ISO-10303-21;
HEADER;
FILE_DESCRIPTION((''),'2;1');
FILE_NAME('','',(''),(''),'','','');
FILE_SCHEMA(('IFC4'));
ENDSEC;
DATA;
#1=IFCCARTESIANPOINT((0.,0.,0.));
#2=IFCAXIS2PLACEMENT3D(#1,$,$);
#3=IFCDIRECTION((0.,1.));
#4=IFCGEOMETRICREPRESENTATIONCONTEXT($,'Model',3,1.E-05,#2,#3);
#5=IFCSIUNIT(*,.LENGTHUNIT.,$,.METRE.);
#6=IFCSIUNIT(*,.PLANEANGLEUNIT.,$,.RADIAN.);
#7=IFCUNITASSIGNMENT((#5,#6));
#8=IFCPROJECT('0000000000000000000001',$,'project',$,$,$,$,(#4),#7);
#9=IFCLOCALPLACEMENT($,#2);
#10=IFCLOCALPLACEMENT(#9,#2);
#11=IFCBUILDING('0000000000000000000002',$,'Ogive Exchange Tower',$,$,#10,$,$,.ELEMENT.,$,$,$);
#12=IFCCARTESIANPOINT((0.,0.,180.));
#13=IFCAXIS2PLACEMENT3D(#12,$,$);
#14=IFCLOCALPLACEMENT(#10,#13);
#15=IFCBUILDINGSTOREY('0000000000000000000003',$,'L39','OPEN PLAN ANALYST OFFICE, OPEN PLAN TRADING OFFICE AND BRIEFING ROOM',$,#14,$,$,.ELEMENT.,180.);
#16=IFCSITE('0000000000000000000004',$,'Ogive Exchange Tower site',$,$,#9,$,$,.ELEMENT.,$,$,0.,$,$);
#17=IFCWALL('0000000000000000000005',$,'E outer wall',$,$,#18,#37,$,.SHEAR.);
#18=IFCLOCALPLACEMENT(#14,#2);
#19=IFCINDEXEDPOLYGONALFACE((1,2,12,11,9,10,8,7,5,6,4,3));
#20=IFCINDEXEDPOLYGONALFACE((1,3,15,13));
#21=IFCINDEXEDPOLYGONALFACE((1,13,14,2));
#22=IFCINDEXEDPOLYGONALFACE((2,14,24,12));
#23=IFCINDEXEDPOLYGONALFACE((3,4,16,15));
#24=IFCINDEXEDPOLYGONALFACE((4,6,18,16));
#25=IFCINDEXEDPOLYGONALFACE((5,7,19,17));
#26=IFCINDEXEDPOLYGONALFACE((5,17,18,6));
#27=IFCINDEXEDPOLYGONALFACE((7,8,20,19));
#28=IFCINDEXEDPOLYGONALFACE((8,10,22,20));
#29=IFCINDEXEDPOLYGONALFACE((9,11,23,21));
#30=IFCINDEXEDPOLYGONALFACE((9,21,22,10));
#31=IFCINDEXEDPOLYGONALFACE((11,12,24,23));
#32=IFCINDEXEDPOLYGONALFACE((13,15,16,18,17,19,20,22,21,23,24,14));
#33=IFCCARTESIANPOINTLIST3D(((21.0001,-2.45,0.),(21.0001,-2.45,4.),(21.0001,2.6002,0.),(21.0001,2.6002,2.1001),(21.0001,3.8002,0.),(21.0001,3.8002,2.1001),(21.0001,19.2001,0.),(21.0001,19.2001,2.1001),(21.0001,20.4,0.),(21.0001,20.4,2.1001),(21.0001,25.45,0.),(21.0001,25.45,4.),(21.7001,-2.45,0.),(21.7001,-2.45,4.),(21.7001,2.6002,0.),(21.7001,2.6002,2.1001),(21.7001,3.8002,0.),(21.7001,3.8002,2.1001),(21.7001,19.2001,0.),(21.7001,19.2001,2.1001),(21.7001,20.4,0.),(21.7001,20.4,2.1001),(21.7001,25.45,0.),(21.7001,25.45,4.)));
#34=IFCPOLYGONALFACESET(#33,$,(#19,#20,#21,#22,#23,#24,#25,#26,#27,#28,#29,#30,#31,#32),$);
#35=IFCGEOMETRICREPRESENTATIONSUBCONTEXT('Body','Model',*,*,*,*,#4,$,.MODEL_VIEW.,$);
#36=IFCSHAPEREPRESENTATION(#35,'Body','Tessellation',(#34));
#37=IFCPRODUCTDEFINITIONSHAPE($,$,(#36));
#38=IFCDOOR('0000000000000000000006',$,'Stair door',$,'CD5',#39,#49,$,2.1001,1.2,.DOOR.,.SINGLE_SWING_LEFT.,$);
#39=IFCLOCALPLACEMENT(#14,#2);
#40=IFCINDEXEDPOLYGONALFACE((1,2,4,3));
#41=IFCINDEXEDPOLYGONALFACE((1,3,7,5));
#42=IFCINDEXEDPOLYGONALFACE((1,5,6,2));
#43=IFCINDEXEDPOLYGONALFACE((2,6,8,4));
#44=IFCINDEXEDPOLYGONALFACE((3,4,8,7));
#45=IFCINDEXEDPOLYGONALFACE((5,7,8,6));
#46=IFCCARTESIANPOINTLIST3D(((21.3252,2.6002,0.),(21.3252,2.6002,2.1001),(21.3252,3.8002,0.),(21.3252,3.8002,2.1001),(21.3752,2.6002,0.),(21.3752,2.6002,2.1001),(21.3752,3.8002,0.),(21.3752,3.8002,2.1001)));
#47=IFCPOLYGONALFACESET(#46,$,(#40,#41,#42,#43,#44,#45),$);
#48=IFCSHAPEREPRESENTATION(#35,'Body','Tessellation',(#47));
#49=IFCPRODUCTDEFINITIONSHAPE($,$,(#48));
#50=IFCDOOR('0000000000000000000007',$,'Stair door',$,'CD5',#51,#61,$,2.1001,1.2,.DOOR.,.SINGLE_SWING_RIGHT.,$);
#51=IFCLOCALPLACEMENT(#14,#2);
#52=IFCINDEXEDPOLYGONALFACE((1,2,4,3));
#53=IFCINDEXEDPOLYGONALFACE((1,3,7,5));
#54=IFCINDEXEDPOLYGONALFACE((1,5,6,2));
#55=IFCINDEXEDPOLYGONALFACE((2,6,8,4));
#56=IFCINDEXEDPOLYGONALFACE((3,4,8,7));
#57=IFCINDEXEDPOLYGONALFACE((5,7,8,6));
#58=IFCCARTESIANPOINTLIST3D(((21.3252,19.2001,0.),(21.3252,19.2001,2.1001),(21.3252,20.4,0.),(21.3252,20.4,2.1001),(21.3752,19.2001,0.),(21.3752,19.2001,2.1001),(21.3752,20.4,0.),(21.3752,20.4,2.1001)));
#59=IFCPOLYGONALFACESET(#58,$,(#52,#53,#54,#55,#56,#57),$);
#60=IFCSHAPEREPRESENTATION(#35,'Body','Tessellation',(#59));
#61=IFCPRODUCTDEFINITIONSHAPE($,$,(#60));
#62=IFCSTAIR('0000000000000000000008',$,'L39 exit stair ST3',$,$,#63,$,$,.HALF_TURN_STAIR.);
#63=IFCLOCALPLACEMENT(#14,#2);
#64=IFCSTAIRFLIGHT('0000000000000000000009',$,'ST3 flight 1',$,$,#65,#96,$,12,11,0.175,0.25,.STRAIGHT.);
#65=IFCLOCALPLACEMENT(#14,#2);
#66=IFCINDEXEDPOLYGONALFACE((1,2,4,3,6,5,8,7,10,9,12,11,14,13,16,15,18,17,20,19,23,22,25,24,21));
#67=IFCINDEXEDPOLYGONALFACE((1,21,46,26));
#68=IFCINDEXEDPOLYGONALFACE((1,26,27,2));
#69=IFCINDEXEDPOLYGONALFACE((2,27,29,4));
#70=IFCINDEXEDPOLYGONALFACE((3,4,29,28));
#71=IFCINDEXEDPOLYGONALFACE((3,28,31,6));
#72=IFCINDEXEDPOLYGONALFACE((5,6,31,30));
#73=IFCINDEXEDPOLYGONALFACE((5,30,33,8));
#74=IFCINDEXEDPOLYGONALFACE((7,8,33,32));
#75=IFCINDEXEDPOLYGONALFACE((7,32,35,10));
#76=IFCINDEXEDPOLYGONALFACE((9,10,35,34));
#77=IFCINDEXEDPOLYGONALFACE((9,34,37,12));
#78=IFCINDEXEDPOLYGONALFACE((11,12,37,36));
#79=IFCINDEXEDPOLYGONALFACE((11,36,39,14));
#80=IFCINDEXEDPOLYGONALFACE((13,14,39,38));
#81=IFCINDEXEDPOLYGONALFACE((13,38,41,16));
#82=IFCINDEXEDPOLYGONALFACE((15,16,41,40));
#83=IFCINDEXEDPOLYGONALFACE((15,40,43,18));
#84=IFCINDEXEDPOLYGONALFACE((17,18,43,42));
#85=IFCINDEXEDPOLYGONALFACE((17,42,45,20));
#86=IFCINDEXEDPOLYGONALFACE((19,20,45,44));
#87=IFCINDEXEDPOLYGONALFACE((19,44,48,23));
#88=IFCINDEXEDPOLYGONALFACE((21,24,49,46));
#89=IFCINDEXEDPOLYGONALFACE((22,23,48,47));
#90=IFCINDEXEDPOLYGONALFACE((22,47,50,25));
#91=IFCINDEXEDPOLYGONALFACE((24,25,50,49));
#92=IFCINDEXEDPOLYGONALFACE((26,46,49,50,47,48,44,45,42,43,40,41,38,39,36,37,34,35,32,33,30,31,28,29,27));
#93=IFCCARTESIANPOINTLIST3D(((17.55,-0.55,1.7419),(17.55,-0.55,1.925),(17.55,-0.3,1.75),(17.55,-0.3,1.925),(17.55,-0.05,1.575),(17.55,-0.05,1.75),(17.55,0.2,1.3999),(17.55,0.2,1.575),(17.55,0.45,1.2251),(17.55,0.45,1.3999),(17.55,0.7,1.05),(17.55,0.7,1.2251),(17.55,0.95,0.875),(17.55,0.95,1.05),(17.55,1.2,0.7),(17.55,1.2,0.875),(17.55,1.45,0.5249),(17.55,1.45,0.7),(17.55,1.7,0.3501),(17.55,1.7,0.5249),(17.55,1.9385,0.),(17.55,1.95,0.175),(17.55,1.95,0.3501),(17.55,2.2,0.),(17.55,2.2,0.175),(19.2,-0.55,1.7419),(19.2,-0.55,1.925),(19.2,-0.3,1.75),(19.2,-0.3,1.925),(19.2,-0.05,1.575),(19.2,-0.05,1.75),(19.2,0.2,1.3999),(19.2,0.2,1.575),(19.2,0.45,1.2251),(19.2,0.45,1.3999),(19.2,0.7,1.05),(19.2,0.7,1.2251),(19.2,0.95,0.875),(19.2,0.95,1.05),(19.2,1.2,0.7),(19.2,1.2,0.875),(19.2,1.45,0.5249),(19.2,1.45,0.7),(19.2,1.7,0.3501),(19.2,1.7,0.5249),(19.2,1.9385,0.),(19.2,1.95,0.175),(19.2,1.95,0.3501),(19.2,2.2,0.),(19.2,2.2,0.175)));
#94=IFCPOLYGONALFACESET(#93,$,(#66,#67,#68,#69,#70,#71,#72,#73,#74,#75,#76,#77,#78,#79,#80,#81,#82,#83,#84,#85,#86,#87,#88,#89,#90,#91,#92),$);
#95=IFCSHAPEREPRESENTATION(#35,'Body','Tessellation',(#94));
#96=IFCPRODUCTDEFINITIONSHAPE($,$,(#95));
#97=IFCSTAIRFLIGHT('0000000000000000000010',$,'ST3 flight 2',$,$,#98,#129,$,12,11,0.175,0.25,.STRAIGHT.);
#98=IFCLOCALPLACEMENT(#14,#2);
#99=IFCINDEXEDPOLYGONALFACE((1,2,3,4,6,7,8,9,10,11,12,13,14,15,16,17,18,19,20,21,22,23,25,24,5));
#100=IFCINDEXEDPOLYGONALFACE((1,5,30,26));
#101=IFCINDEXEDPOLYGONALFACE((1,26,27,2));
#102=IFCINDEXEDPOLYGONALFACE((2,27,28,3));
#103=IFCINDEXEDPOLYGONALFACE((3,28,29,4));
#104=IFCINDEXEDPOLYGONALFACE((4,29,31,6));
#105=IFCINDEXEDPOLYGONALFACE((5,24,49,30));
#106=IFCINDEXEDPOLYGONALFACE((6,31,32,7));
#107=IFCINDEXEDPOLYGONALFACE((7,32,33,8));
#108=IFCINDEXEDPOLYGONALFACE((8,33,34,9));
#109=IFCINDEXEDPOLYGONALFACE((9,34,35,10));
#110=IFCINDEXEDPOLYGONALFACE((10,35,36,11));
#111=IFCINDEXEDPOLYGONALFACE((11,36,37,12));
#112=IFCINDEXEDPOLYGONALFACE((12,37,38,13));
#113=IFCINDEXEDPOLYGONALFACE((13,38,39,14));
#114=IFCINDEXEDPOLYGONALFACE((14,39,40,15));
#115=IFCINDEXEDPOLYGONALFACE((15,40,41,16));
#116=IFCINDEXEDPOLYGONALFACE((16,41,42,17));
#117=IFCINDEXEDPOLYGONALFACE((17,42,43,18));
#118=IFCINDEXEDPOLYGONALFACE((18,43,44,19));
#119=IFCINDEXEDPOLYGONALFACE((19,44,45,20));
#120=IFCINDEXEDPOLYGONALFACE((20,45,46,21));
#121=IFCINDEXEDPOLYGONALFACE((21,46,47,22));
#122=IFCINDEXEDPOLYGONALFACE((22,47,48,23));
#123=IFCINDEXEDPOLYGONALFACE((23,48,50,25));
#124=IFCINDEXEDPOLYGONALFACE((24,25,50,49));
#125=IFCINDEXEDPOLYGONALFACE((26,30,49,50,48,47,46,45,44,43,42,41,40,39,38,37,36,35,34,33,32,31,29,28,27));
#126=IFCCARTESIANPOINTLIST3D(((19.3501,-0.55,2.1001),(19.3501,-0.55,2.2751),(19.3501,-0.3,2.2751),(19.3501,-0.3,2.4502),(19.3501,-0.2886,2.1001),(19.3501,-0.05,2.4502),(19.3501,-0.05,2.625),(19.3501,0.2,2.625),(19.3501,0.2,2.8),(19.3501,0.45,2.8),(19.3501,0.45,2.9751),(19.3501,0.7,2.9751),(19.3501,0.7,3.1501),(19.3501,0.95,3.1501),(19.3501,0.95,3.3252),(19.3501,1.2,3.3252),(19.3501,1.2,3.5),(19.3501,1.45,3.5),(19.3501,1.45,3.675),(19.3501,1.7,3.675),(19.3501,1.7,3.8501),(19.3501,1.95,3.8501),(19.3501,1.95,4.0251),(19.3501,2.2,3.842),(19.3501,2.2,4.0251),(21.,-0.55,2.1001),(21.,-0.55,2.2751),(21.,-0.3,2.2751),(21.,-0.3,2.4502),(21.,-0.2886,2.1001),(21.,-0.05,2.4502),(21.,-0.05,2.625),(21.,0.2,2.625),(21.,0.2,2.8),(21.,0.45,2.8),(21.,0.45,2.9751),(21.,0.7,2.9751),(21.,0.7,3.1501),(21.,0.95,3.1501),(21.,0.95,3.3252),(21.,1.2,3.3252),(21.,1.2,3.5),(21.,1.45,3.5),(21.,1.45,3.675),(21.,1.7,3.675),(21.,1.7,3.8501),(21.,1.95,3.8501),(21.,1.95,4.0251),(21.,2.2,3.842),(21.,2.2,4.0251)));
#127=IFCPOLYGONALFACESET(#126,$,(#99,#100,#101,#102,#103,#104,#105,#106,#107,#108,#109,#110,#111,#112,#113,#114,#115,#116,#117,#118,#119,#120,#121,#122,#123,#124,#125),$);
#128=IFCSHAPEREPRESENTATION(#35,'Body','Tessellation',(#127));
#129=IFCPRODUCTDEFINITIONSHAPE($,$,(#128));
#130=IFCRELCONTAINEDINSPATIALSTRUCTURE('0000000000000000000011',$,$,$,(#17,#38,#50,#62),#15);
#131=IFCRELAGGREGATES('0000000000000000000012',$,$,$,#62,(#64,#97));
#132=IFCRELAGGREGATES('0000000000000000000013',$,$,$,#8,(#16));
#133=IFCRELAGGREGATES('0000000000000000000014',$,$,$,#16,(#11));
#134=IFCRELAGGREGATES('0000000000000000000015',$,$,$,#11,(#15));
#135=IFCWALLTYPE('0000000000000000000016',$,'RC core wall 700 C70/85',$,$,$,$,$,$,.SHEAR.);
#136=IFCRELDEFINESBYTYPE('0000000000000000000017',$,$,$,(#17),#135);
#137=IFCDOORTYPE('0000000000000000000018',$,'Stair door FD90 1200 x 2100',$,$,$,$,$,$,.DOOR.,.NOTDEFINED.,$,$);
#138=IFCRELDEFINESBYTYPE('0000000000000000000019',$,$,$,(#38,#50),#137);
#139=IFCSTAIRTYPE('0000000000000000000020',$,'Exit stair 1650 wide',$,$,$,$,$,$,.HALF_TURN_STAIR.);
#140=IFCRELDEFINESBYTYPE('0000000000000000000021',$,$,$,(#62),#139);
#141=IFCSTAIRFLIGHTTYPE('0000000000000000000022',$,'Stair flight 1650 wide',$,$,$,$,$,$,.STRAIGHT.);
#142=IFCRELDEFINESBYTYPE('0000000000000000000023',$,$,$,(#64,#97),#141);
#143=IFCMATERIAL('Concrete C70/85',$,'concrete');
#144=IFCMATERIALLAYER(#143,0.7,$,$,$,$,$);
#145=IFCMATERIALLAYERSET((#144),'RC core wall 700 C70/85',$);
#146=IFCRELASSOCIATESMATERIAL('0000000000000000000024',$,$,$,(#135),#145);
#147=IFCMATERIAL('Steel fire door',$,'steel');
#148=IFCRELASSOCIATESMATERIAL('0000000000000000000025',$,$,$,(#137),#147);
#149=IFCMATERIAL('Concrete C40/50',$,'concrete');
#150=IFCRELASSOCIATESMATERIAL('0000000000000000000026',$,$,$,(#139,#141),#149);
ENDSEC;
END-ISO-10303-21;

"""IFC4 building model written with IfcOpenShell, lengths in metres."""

from ifc_helpers import new_model, si_unit, direction, frame, frame_2d, origin, place, context, subcontext, project, spatial, polyline, rectangle, outline, extrude, material, layer, layer_set, type_object, element, fill, aggregate, save


model = new_model("IFC4")

# Units and contexts
model_context = context("Model", 3, precision=1e-05, world=origin(), true_north=direction((0.0, 1.0)))
body_context = subcontext(model_context, "Body", "Model", "MODEL_VIEW")
ifc_project = project(units=[si_unit("LENGTHUNIT", "METRE"), si_unit("PLANEANGLEUNIT", "RADIAN")], contexts=[model_context])

# Site, building, storey
site_placement = place(None, origin())
site = spatial("IfcSite", under=ifc_project, at=site_placement, Name="Ogive Exchange Tower site", CompositionType="ELEMENT", RefElevation=0.0)
building_placement = place(site_placement, origin())
building = spatial("IfcBuilding", under=site, at=building_placement, Name="Ogive Exchange Tower", CompositionType="ELEMENT")
storey_placement = place(building_placement, frame((0.0, 0.0, 180.0)))
storey = spatial("IfcBuildingStorey", under=building, at=storey_placement, Name="L39", Description="OPEN PLAN ANALYST OFFICE, OPEN PLAN TRADING OFFICE AND BRIEFING ROOM", CompositionType="ELEMENT", Elevation=180.0)

# Shared definitions
ifc_material_1 = material(Name="Concrete C70/85", Category="concrete")
ifc_material_2 = material(Name="Steel fire door", Category="steel")

# Wall, openings, doors
ifc_layer_1 = layer(ifc_material_1, 0.7)
ifc_layer_set_1 = layer_set([ifc_layer_1], Name="RC core wall 700 C70/85")
wall_type_1 = type_object("IfcWallType", Name="RC core wall 700 C70/85", PredefinedType="SHEAR", material=ifc_layer_set_1)
wall_1_placement = place(storey_placement, frame((21.3501, -2.45, 0.0), z_axis=(0.0, 0.0, 1.0), x_axis=(0.0, 1.0, 0.0)))
wall_1 = element("IfcWall", 1, at=wall_1_placement, inside=storey, type_object=wall_type_1, Name="E outer wall", PredefinedType="SHEAR", context=body_context, shape_type="SweptSolid", body=[
    extrude(rectangle(XDim=27.8999, YDim=0.7, at=frame_2d((13.95, 0.0))), origin(), (0.0, 0.0, 1.0), 4.0),
])
opening_1_placement = place(wall_1_placement, frame((5.05, 0.0, 0.0)))
opening_1 = element("IfcOpeningElement", 2, at=opening_1_placement, cuts=wall_1, PredefinedType="OPENING", context=body_context, shape_type="SweptSolid", body=[
    extrude(rectangle(XDim=1.2, YDim=2.1001, at=frame_2d((0.6001, 1.05))), frame((0.0, 0.3599, 0.0), z_axis=(0.0, -1.0, 0.0), x_axis=(1.0, 0.0, 0.0)), (0.0, 0.0, 1.0), 0.72),
])
opening_2_placement = place(wall_1_placement, frame((21.6499, 0.0, 0.0)))
opening_2 = element("IfcOpeningElement", 3, at=opening_2_placement, cuts=wall_1, PredefinedType="OPENING", context=body_context, shape_type="SweptSolid", body=[
    extrude(rectangle(XDim=1.2, YDim=2.1001, at=frame_2d((0.6001, 1.05))), frame((0.0, 0.3599, 0.0), z_axis=(0.0, -1.0, 0.0), x_axis=(1.0, 0.0, 0.0)), (0.0, 0.0, 1.0), 0.72),
])
door_type_1 = type_object("IfcDoorType", Name="Stair door FD90 1200 x 2100", OperationType="NOTDEFINED", PredefinedType="DOOR", material=ifc_material_2)
door_1_placement = place(opening_1_placement, origin())
door_1 = element("IfcDoor", 4, at=door_1_placement, inside=storey, type_object=door_type_1, Name="Stair door", ObjectType="CD5", OperationType="SINGLE_SWING_LEFT", OverallHeight=2.1001, OverallWidth=1.2, PredefinedType="DOOR", context=body_context, shape_type="SweptSolid", body=[
    extrude(rectangle(XDim=1.2, YDim=2.1001, at=frame_2d((0.6001, 1.05))), frame((0.0, 0.0249, 0.0), z_axis=(0.0, -1.0, 0.0), x_axis=(1.0, 0.0, 0.0)), (0.0, 0.0, 1.0), 0.05),
])
fill(opening_1, door_1)
door_2_placement = place(opening_2_placement, origin())
door_2 = element("IfcDoor", 5, at=door_2_placement, inside=storey, type_object=door_type_1, Name="Stair door", ObjectType="CD5", OperationType="SINGLE_SWING_RIGHT", OverallHeight=2.1001, OverallWidth=1.2, PredefinedType="DOOR", context=body_context, shape_type="SweptSolid", body=[
    extrude(rectangle(XDim=1.2, YDim=2.1001, at=frame_2d((0.6001, 1.05))), frame((0.0, 0.0249, 0.0), z_axis=(0.0, -1.0, 0.0), x_axis=(1.0, 0.0, 0.0)), (0.0, 0.0, 1.0), 0.05),
])
fill(opening_2, door_2)

# Stair, stair flights
ifc_material_3 = material(Name="Concrete C40/50", Category="concrete")
stair_type = type_object("IfcStairType", Name="Exit stair 1650 wide", PredefinedType="HALF_TURN_STAIR", material=ifc_material_3)
stair_placement = place(storey_placement, origin())
stair = element("IfcStair", 6, at=stair_placement, inside=storey, type_object=stair_type, Name="L39 exit stair ST3", PredefinedType="HALF_TURN_STAIR")
stair_flight_type = type_object("IfcStairFlightType", Name="Stair flight 1650 wide", PredefinedType="STRAIGHT", material=ifc_material_3)
stair_flight_1_placement = place(storey_placement, frame((18.375, 2.2, 0.0), z_axis=(0.0, 0.0, 1.0), x_axis=(0.0, -1.0, 0.0)))
stair_flight_1 = element("IfcStairFlight", 7, at=stair_flight_1_placement, type_object=stair_flight_type, Name="ST3 flight 1", NumberOfRisers=12, NumberOfTreads=11, PredefinedType="STRAIGHT", RiserHeight=0.175, TreadLength=0.25, context=body_context, shape_type="SweptSolid", body=[
    extrude(outline(polyline([(0.0, 0.0), (0.0, 0.175), (0.25, 0.175), (0.25, 0.3501), (0.5, 0.3501), (0.5, 0.5249), (0.75, 0.5249), (0.75, 0.7), (1.0, 0.7), (1.0, 0.875), (1.25, 0.875), (1.25, 1.05), (1.5, 1.05), (1.5, 1.2251), (1.75, 1.2251), (1.75, 1.3999), (2.0, 1.3999), (2.0, 1.575), (2.25, 1.575), (2.25, 1.75), (2.5, 1.75), (2.5, 1.925), (2.75, 1.925), (2.75, 2.1001), (2.75, 1.7419), (0.2615, 0.0), (0.0, 0.0)])), frame((0.0, 0.825, 0.0), z_axis=(0.0, -1.0, 0.0), x_axis=(1.0, 0.0, 0.0)), (0.0, 0.0, 1.0), 1.6499),
])
stair_flight_2_placement = place(storey_placement, frame((20.175, -0.55, 2.1001), z_axis=(0.0, 0.0, 1.0), x_axis=(0.0, 1.0, 0.0)))
stair_flight_2 = element("IfcStairFlight", 8, at=stair_flight_2_placement, type_object=stair_flight_type, Name="ST3 flight 2", NumberOfRisers=12, NumberOfTreads=11, PredefinedType="STRAIGHT", RiserHeight=0.175, TreadLength=0.25, context=body_context, shape_type="SweptSolid", body=[
    extrude(outline(polyline([(0.0, 0.0), (0.0, 0.175), (0.25, 0.175), (0.25, 0.3501), (0.5, 0.3501), (0.5, 0.5249), (0.75, 0.5249), (0.75, 0.7), (1.0, 0.7), (1.0, 0.875), (1.25, 0.875), (1.25, 1.05), (1.5, 1.05), (1.5, 1.2251), (1.75, 1.2251), (1.75, 1.3999), (2.0, 1.3999), (2.0, 1.575), (2.25, 1.575), (2.25, 1.75), (2.5, 1.75), (2.5, 1.925), (2.75, 1.925), (2.75, 2.1001), (2.75, 1.7419), (0.2615, 0.0), (0.0, 0.0)])), frame((0.0, 0.825, 0.0), z_axis=(0.0, -1.0, 0.0), x_axis=(1.0, 0.0, 0.0)), (0.0, 0.0, 1.0), 1.6499),
])
aggregate(stair, [stair_flight_1, stair_flight_2])

save(model, "model.ifc")
